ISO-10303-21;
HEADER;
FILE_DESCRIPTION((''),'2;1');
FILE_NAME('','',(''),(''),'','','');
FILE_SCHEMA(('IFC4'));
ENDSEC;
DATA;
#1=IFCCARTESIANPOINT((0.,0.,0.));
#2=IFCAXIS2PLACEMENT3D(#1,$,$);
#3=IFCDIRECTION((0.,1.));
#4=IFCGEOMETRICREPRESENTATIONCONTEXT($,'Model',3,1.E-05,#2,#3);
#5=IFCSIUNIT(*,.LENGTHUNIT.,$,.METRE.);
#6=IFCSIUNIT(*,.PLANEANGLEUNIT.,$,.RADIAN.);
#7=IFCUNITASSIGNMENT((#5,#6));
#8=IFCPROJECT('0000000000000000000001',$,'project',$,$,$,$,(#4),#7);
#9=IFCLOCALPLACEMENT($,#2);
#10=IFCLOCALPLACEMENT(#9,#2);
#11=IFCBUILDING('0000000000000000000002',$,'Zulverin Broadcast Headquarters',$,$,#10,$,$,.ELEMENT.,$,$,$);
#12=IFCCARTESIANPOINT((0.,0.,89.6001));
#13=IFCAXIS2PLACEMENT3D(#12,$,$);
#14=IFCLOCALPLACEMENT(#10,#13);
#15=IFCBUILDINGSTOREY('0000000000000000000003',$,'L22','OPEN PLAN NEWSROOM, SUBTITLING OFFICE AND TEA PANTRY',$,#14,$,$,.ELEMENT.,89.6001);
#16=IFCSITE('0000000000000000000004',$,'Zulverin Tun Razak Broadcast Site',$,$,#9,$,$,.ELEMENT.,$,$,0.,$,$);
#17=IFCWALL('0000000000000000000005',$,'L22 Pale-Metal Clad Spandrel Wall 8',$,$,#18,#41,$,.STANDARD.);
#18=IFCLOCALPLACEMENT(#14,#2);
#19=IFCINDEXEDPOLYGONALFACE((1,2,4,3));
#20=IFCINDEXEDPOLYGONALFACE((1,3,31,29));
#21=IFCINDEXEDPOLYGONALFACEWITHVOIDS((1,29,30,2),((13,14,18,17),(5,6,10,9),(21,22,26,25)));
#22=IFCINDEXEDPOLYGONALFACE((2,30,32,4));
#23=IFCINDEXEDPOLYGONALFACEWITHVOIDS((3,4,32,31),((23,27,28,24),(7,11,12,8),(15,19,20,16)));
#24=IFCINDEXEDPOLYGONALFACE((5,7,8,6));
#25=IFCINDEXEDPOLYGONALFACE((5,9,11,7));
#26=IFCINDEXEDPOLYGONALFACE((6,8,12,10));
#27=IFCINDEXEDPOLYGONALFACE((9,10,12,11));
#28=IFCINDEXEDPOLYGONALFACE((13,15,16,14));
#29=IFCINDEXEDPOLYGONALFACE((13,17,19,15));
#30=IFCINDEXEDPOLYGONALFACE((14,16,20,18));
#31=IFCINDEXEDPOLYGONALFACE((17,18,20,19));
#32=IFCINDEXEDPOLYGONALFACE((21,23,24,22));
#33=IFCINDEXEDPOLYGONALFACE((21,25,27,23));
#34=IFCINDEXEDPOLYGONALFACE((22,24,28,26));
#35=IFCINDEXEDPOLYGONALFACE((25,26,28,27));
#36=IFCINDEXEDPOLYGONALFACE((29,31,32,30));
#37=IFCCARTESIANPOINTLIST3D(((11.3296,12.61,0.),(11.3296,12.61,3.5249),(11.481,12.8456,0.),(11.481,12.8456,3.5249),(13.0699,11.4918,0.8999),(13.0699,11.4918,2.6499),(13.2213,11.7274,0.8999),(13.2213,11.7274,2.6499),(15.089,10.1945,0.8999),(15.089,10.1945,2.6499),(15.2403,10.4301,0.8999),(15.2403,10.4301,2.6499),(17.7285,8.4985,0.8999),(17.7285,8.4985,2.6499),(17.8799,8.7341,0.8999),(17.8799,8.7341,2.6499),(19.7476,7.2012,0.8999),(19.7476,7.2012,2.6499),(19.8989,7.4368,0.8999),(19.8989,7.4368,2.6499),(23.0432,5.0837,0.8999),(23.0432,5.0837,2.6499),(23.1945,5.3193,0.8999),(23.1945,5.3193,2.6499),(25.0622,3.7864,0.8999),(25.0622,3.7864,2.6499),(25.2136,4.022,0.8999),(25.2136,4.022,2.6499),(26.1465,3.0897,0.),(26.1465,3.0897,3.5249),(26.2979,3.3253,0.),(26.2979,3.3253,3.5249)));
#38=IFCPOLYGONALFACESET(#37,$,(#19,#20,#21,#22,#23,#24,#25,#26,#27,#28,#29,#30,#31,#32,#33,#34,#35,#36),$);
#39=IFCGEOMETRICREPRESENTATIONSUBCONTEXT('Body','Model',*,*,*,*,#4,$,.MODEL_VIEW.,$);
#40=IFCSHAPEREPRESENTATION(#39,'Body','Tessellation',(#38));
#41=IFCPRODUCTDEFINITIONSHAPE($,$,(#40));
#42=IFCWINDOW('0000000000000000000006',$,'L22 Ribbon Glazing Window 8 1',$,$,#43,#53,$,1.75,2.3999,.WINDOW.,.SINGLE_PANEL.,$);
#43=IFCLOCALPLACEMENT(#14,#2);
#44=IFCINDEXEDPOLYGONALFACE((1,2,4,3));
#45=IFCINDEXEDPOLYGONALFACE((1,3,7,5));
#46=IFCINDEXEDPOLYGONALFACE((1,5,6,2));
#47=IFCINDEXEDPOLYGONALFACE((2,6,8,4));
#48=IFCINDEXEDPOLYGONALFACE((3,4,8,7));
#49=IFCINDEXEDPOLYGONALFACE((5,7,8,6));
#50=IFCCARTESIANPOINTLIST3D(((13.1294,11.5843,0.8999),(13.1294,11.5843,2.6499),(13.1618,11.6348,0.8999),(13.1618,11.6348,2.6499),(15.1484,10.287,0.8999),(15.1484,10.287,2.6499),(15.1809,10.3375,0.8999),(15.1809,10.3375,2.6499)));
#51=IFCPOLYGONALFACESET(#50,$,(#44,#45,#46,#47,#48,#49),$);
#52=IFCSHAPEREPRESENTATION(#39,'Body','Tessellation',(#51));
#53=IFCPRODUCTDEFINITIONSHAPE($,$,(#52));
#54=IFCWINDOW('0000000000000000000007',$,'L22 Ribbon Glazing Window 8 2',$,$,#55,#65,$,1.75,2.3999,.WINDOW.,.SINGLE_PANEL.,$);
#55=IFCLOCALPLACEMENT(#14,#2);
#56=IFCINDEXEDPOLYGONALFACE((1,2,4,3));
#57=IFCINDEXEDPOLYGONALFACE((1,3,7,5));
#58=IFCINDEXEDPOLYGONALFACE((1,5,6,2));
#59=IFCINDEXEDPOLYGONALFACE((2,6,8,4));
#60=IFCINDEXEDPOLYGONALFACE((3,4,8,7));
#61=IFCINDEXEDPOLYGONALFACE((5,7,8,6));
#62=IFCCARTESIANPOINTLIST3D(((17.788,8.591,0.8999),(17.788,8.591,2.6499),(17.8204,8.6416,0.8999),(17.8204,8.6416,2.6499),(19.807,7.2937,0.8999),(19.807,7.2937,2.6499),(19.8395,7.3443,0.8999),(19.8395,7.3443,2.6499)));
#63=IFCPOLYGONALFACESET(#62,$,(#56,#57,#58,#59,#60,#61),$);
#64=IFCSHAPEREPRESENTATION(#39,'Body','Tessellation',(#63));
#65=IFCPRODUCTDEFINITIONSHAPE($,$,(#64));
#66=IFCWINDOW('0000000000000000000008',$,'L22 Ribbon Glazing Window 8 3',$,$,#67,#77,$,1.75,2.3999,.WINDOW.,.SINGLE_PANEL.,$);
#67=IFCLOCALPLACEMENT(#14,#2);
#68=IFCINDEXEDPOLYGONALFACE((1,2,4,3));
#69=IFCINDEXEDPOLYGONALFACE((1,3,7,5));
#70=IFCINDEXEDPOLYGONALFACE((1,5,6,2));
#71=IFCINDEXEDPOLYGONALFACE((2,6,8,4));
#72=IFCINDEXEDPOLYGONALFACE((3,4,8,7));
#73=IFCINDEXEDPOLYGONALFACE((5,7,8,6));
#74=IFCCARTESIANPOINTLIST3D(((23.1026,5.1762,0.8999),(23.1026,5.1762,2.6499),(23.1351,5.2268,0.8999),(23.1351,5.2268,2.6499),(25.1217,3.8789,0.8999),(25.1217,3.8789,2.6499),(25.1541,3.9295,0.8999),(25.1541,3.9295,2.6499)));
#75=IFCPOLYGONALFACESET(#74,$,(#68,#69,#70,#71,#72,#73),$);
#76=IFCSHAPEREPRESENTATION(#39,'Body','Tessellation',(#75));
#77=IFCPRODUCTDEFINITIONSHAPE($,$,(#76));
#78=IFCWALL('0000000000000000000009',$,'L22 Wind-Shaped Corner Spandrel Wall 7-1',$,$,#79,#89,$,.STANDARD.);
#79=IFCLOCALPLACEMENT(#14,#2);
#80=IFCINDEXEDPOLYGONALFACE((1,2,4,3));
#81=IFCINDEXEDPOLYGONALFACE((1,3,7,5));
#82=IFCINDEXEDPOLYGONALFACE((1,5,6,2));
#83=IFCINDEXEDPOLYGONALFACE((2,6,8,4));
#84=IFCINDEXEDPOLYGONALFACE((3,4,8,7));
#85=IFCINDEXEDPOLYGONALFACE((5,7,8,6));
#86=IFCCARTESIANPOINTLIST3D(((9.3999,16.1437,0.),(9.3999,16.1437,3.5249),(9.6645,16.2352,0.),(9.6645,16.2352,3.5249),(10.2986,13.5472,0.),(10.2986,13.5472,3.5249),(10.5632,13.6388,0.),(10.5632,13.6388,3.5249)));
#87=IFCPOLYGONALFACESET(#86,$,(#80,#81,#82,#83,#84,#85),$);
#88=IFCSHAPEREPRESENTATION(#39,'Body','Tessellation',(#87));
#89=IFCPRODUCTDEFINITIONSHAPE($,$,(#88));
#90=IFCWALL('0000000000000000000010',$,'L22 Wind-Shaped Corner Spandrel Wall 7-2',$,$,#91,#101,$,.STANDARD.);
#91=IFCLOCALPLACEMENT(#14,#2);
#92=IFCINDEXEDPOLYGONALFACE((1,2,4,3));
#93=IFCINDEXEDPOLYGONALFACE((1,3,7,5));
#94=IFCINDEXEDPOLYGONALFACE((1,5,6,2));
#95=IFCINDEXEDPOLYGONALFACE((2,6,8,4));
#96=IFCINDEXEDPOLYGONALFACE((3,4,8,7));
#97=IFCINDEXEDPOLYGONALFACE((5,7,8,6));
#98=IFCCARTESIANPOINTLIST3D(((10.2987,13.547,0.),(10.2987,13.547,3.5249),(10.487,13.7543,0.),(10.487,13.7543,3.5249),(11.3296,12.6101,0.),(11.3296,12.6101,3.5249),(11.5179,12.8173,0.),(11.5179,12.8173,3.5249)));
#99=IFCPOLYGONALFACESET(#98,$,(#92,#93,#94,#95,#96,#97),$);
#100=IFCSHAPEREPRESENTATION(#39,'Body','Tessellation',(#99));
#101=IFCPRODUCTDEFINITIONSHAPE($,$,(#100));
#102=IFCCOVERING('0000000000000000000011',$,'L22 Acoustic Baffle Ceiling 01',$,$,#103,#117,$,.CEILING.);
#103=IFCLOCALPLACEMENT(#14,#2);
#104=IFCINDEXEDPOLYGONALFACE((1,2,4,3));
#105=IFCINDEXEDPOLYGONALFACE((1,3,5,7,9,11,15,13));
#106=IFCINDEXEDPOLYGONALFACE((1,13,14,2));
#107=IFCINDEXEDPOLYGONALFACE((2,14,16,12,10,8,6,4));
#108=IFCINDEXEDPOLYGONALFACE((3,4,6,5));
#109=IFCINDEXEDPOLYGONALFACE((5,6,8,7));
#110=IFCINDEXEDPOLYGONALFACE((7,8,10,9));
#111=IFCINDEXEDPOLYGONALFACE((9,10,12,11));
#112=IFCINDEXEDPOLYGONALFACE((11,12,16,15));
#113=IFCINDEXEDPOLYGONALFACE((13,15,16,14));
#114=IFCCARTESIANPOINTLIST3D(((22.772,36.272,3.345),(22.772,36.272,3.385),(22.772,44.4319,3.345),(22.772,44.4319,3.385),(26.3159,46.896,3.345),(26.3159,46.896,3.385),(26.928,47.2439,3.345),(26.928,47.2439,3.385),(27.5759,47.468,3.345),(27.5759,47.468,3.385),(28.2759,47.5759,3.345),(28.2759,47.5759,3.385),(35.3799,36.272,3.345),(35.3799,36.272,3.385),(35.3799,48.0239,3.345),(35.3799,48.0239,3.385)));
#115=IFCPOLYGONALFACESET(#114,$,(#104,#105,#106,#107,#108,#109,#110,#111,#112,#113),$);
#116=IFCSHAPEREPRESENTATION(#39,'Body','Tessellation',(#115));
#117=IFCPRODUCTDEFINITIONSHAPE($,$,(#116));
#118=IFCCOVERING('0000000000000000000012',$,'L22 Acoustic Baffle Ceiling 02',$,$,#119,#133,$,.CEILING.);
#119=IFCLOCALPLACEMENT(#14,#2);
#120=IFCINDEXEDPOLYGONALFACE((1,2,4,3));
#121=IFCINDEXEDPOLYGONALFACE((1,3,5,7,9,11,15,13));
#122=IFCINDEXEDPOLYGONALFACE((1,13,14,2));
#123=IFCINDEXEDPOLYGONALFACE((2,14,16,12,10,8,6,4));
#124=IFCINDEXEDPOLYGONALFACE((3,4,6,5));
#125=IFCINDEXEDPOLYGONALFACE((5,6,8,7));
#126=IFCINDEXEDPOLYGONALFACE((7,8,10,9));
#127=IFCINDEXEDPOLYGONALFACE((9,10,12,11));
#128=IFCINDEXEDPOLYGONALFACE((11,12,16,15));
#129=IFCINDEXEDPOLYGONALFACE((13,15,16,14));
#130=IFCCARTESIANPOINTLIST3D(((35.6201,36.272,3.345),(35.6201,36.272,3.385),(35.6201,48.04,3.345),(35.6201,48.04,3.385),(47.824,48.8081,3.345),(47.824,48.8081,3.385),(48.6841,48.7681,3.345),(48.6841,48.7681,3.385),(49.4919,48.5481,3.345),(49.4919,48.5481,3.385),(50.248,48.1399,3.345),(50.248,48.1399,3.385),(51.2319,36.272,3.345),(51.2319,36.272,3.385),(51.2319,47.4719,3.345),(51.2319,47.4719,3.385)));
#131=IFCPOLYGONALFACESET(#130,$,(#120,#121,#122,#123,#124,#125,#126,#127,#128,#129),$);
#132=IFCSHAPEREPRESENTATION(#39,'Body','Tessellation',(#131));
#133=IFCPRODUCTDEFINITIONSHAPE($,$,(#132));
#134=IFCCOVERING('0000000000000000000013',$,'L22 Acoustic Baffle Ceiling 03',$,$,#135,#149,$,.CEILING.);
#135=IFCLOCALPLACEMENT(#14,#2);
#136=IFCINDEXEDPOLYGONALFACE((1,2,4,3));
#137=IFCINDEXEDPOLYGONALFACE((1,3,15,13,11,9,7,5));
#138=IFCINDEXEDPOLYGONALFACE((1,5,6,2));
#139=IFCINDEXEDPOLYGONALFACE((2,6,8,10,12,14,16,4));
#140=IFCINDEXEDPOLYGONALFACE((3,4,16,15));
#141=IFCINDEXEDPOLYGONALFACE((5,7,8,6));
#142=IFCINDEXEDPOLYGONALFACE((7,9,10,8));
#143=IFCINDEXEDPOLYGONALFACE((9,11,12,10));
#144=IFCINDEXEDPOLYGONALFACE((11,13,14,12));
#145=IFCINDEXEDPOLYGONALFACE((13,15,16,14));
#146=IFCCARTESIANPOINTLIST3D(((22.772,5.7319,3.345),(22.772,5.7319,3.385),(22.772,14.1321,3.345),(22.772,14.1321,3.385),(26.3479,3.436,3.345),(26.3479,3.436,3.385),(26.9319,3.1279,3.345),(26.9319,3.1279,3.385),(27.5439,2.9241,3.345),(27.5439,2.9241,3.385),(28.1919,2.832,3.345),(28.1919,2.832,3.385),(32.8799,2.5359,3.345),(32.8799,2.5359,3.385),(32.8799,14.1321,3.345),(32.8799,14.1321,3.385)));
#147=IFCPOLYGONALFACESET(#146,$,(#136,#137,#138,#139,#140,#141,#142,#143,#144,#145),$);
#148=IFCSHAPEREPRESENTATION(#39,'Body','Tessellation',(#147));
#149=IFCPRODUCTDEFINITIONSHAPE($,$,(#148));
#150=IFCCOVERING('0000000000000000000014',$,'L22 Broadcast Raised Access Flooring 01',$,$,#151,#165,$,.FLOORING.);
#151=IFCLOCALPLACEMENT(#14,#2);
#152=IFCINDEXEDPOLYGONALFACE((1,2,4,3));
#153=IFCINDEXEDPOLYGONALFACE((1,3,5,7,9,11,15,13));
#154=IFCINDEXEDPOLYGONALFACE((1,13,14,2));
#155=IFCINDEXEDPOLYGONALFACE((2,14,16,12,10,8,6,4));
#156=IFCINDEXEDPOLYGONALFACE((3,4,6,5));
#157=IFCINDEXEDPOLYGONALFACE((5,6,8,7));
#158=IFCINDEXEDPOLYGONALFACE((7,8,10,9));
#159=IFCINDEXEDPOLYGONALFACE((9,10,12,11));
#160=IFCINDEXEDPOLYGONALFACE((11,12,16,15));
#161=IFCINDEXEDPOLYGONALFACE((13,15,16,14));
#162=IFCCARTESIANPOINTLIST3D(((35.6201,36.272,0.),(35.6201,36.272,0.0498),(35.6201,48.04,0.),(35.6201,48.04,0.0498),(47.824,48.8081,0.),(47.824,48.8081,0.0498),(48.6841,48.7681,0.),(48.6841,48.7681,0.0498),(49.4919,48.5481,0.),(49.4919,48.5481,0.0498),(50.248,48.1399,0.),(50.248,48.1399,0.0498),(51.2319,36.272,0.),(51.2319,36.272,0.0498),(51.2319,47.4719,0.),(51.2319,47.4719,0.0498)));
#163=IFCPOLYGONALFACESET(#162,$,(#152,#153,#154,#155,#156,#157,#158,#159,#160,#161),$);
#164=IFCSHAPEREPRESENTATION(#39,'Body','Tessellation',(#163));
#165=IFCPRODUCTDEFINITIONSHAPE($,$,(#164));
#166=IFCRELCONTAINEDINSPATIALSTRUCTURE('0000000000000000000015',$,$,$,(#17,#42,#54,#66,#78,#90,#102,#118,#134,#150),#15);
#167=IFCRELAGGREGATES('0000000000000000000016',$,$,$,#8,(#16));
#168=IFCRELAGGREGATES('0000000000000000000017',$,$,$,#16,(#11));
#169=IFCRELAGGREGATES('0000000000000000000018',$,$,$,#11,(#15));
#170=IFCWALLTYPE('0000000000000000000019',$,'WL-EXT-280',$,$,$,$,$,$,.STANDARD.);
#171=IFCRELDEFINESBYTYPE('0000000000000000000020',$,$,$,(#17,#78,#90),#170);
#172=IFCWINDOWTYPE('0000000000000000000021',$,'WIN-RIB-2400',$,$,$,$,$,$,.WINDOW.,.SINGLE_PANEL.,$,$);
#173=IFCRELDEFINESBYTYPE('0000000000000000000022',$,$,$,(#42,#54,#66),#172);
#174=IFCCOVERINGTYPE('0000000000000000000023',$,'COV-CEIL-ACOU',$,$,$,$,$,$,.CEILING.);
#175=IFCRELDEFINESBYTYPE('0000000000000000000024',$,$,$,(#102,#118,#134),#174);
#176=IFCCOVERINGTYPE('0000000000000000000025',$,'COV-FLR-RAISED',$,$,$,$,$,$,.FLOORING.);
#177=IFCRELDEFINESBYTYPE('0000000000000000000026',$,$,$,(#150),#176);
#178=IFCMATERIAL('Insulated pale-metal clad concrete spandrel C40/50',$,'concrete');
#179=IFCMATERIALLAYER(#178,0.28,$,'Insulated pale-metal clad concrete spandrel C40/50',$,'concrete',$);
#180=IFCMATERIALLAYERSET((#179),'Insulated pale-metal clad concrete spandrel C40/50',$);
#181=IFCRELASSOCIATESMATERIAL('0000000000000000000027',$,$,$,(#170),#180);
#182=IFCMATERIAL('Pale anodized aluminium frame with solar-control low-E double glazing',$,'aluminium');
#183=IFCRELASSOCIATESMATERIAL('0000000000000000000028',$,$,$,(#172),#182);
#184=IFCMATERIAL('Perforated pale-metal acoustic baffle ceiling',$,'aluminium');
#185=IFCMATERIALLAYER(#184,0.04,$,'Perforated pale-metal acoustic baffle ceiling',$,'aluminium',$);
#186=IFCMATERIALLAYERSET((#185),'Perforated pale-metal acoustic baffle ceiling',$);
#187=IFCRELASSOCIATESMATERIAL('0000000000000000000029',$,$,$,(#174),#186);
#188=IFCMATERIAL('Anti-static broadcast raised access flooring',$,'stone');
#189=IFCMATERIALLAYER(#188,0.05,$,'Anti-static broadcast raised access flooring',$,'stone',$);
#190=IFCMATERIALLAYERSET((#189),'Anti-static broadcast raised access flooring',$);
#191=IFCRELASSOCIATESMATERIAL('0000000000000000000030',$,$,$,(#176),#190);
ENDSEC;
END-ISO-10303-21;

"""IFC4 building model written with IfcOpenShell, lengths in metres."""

from ifc_helpers import new_model, si_unit, direction, frame, frame_2d, origin, place, context, subcontext, project, spatial, polyline, rectangle, outline, extrude, material, layer, layer_set, type_object, element, fill, save


model = new_model("IFC4")

# Units and contexts
model_context = context("Model", 3, precision=1e-05, world=origin(), true_north=direction((0.0, 1.0)))
body_context = subcontext(model_context, "Body", "Model", "MODEL_VIEW")
ifc_project = project(units=[si_unit("LENGTHUNIT", "METRE"), si_unit("PLANEANGLEUNIT", "RADIAN")], contexts=[model_context])

# Site, building, storey
site_placement = place(None, origin())
site = spatial("IfcSite", under=ifc_project, at=site_placement, Name="Zulverin Tun Razak Broadcast Site", CompositionType="ELEMENT", RefElevation=0.0)
building_placement = place(site_placement, origin())
building = spatial("IfcBuilding", under=site, at=building_placement, Name="Zulverin Broadcast Headquarters", CompositionType="ELEMENT")
storey_placement = place(building_placement, frame((0.0, 0.0, 89.6001)))
storey = spatial("IfcBuildingStorey", under=building, at=storey_placement, Name="L22", Description="OPEN PLAN NEWSROOM, SUBTITLING OFFICE AND TEA PANTRY", CompositionType="ELEMENT", Elevation=89.6001)

# Wall, openings, windows
ifc_material_1 = material(Name="Insulated pale-metal clad concrete spandrel C40/50", Category="concrete")
ifc_layer_1 = layer(ifc_material_1, 0.28, Name="Insulated pale-metal clad concrete spandrel C40/50", Category="concrete")
ifc_layer_set_1 = layer_set([ifc_layer_1], Name="Insulated pale-metal clad concrete spandrel C40/50")
wall_type_1 = type_object("IfcWallType", Name="WL-EXT-280", PredefinedType="STANDARD", material=ifc_layer_set_1)
wall_1_placement = place(storey_placement, frame((11.4053, 12.7278, 0.0), z_axis=(0.0, 0.0, 1.0), x_axis=(0.841305, -0.540561, 0.0)))
wall_1 = element("IfcWall", 1, at=wall_1_placement, inside=storey, type_object=wall_type_1, Name="L22 Pale-Metal Clad Spandrel Wall 8", PredefinedType="STANDARD", context=body_context, shape_type="SweptSolid", body=[
    extrude(rectangle(XDim=17.6118, YDim=0.28, at=frame_2d((8.8059, 0.0))), origin(), (0.0, 0.0, 1.0), 3.5249),
])
opening_1_placement = place(wall_1_placement, frame((2.0686, 0.0, 0.8999)))
opening_1 = element("IfcOpeningElement", 2, at=opening_1_placement, cuts=wall_1, PredefinedType="OPENING", context=body_context, shape_type="SweptSolid", body=[
    extrude(rectangle(XDim=2.3999, YDim=1.75, at=frame_2d((1.2, 0.875))), frame((0.0, 0.1499, 0.0), z_axis=(0.0, -1.0, 0.0), x_axis=(1.0, 0.0, 0.0)), (0.0, 0.0, 1.0), 0.3),
])
opening_2_placement = place(wall_1_placement, frame((7.606, 0.0, 0.8999)))
opening_2 = element("IfcOpeningElement", 3, at=opening_2_placement, cuts=wall_1, PredefinedType="OPENING", context=body_context, shape_type="SweptSolid", body=[
    extrude(rectangle(XDim=2.3999, YDim=1.75, at=frame_2d((1.2, 0.875))), frame((0.0, 0.1499, 0.0), z_axis=(0.0, -1.0, 0.0), x_axis=(1.0, 0.0, 0.0)), (0.0, 0.0, 1.0), 0.3),
])
opening_3_placement = place(wall_1_placement, frame((13.9231, 0.0, 0.8999)))
opening_3 = element("IfcOpeningElement", 4, at=opening_3_placement, cuts=wall_1, PredefinedType="OPENING", context=body_context, shape_type="SweptSolid", body=[
    extrude(rectangle(XDim=2.3999, YDim=1.75, at=frame_2d((1.2, 0.875))), frame((0.0, 0.1499, 0.0), z_axis=(0.0, -1.0, 0.0), x_axis=(1.0, 0.0, 0.0)), (0.0, 0.0, 1.0), 0.3),
])
ifc_material_2 = material(Name="Pale anodized aluminium frame with solar-control low-E double glazing", Category="aluminium")
window_type = type_object("IfcWindowType", Name="WIN-RIB-2400", PartitioningType="SINGLE_PANEL", PredefinedType="WINDOW", material=ifc_material_2)
window_1_placement = place(opening_1_placement, origin())
window_1 = element("IfcWindow", 5, at=window_1_placement, inside=storey, type_object=window_type, Name="L22 Ribbon Glazing Window 8 1", OverallHeight=1.75, OverallWidth=2.3999, PartitioningType="SINGLE_PANEL", PredefinedType="WINDOW", context=body_context, shape_type="SweptSolid", body=[
    extrude(rectangle(XDim=2.3999, YDim=1.75, at=frame_2d((1.2, 0.875))), frame((0.0, 0.03, 0.0), z_axis=(0.0, -1.0, 0.0), x_axis=(1.0, 0.0, 0.0)), (0.0, 0.0, 1.0), 0.0601),
])
fill(opening_1, window_1)
window_2_placement = place(opening_2_placement, origin())
window_2 = element("IfcWindow", 6, at=window_2_placement, inside=storey, type_object=window_type, Name="L22 Ribbon Glazing Window 8 2", OverallHeight=1.75, OverallWidth=2.3999, PartitioningType="SINGLE_PANEL", PredefinedType="WINDOW", context=body_context, shape_type="SweptSolid", body=[
    extrude(rectangle(XDim=2.3999, YDim=1.75, at=frame_2d((1.2, 0.875))), frame((0.0, 0.03, 0.0), z_axis=(0.0, -1.0, 0.0), x_axis=(1.0, 0.0, 0.0)), (0.0, 0.0, 1.0), 0.0601),
])
fill(opening_2, window_2)
window_3_placement = place(opening_3_placement, origin())
window_3 = element("IfcWindow", 7, at=window_3_placement, inside=storey, type_object=window_type, Name="L22 Ribbon Glazing Window 8 3", OverallHeight=1.75, OverallWidth=2.3999, PartitioningType="SINGLE_PANEL", PredefinedType="WINDOW", context=body_context, shape_type="SweptSolid", body=[
    extrude(rectangle(XDim=2.3999, YDim=1.75, at=frame_2d((1.2, 0.875))), frame((0.0, 0.03, 0.0), z_axis=(0.0, -1.0, 0.0), x_axis=(1.0, 0.0, 0.0)), (0.0, 0.0, 1.0), 0.0601),
])
fill(opening_3, window_3)

# Walls
wall_2_placement = place(storey_placement, frame((9.5322, 16.1895, 0.0), z_axis=(0.0, 0.0, 1.0), x_axis=(0.327083, -0.944996, 0.0)))
element("IfcWall", 8, at=wall_2_placement, inside=storey, type_object=wall_type_1, Name="L22 Wind-Shaped Corner Spandrel Wall 7-1", PredefinedType="STANDARD", context=body_context, shape_type="SweptSolid", body=[
    extrude(rectangle(XDim=2.7476, YDim=0.28, at=frame_2d((1.3738, 0.0))), origin(), (0.0, 0.0, 1.0), 3.5249),
])
wall_3_placement = place(storey_placement, frame((10.3928, 13.6506, 0.0), z_axis=(0.0, 0.0, 1.0), x_axis=(0.740035, -0.672568, 0.0)))
element("IfcWall", 9, at=wall_3_placement, inside=storey, type_object=wall_type_1, Name="L22 Wind-Shaped Corner Spandrel Wall 7-2", PredefinedType="STANDARD", context=body_context, shape_type="SweptSolid", body=[
    extrude(rectangle(XDim=1.3931, YDim=0.28, at=frame_2d((0.6965, 0.0))), origin(), (0.0, 0.0, 1.0), 3.5249),
])

# Coverings
ifc_material_3 = material(Name="Perforated pale-metal acoustic baffle ceiling", Category="aluminium")
ifc_layer_2 = layer(ifc_material_3, 0.04, Name="Perforated pale-metal acoustic baffle ceiling", Category="aluminium")
ifc_layer_set_2 = layer_set([ifc_layer_2], Name="Perforated pale-metal acoustic baffle ceiling")
covering_type_1 = type_object("IfcCoveringType", Name="COV-CEIL-ACOU", PredefinedType="CEILING", material=ifc_layer_set_2)
covering_1_placement = place(storey_placement, frame((0.0, 0.0, 3.345)))
element("IfcCovering", 10, at=covering_1_placement, inside=storey, type_object=covering_type_1, Name="L22 Acoustic Baffle Ceiling 01", PredefinedType="CEILING", context=body_context, shape_type="SweptSolid", body=[
    extrude(outline(polyline([(35.3799, 36.272), (35.3799, 48.0239), (28.2759, 47.5759), (27.5759, 47.468), (26.928, 47.2439), (26.3159, 46.896), (22.772, 44.4319), (22.772, 36.272), (35.3799, 36.272)])), origin(), (0.0, 0.0, 1.0), 0.04),
])
covering_2_placement = place(storey_placement, frame((0.0, 0.0, 3.345)))
element("IfcCovering", 11, at=covering_2_placement, inside=storey, type_object=covering_type_1, Name="L22 Acoustic Baffle Ceiling 02", PredefinedType="CEILING", context=body_context, shape_type="SweptSolid", body=[
    extrude(outline(polyline([(51.2319, 36.272), (51.2319, 47.4719), (50.248, 48.1399), (49.4919, 48.5481), (48.6841, 48.7681), (47.824, 48.8081), (35.6201, 48.04), (35.6201, 36.272), (51.2319, 36.272)])), origin(), (0.0, 0.0, 1.0), 0.04),
])
covering_3_placement = place(storey_placement, frame((0.0, 0.0, 3.345)))
element("IfcCovering", 12, at=covering_3_placement, inside=storey, type_object=covering_type_1, Name="L22 Acoustic Baffle Ceiling 03", PredefinedType="CEILING", context=body_context, shape_type="SweptSolid", body=[
    extrude(outline(polyline([(22.772, 14.1321), (22.772, 5.7319), (26.3479, 3.436), (26.9319, 3.1279), (27.5439, 2.9241), (28.1919, 2.832), (32.8799, 2.5359), (32.8799, 14.1321), (22.772, 14.1321)])), origin(), (0.0, 0.0, 1.0), 0.04),
])
ifc_material_4 = material(Name="Anti-static broadcast raised access flooring", Category="stone")
ifc_layer_3 = layer(ifc_material_4, 0.05, Name="Anti-static broadcast raised access flooring", Category="stone")
ifc_layer_set_3 = layer_set([ifc_layer_3], Name="Anti-static broadcast raised access flooring")
covering_type_2 = type_object("IfcCoveringType", Name="COV-FLR-RAISED", PredefinedType="FLOORING", material=ifc_layer_set_3)
covering_4_placement = place(storey_placement, origin())
element("IfcCovering", 13, at=covering_4_placement, inside=storey, type_object=covering_type_2, Name="L22 Broadcast Raised Access Flooring 01", PredefinedType="FLOORING", context=body_context, shape_type="SweptSolid", body=[
    extrude(outline(polyline([(51.2319, 36.272), (51.2319, 47.4719), (50.248, 48.1399), (49.4919, 48.5481), (48.6841, 48.7681), (47.824, 48.8081), (35.6201, 48.04), (35.6201, 36.272), (51.2319, 36.272)])), origin(), (0.0, 0.0, 1.0), 0.0498),
])

save(model, "model.ifc")
